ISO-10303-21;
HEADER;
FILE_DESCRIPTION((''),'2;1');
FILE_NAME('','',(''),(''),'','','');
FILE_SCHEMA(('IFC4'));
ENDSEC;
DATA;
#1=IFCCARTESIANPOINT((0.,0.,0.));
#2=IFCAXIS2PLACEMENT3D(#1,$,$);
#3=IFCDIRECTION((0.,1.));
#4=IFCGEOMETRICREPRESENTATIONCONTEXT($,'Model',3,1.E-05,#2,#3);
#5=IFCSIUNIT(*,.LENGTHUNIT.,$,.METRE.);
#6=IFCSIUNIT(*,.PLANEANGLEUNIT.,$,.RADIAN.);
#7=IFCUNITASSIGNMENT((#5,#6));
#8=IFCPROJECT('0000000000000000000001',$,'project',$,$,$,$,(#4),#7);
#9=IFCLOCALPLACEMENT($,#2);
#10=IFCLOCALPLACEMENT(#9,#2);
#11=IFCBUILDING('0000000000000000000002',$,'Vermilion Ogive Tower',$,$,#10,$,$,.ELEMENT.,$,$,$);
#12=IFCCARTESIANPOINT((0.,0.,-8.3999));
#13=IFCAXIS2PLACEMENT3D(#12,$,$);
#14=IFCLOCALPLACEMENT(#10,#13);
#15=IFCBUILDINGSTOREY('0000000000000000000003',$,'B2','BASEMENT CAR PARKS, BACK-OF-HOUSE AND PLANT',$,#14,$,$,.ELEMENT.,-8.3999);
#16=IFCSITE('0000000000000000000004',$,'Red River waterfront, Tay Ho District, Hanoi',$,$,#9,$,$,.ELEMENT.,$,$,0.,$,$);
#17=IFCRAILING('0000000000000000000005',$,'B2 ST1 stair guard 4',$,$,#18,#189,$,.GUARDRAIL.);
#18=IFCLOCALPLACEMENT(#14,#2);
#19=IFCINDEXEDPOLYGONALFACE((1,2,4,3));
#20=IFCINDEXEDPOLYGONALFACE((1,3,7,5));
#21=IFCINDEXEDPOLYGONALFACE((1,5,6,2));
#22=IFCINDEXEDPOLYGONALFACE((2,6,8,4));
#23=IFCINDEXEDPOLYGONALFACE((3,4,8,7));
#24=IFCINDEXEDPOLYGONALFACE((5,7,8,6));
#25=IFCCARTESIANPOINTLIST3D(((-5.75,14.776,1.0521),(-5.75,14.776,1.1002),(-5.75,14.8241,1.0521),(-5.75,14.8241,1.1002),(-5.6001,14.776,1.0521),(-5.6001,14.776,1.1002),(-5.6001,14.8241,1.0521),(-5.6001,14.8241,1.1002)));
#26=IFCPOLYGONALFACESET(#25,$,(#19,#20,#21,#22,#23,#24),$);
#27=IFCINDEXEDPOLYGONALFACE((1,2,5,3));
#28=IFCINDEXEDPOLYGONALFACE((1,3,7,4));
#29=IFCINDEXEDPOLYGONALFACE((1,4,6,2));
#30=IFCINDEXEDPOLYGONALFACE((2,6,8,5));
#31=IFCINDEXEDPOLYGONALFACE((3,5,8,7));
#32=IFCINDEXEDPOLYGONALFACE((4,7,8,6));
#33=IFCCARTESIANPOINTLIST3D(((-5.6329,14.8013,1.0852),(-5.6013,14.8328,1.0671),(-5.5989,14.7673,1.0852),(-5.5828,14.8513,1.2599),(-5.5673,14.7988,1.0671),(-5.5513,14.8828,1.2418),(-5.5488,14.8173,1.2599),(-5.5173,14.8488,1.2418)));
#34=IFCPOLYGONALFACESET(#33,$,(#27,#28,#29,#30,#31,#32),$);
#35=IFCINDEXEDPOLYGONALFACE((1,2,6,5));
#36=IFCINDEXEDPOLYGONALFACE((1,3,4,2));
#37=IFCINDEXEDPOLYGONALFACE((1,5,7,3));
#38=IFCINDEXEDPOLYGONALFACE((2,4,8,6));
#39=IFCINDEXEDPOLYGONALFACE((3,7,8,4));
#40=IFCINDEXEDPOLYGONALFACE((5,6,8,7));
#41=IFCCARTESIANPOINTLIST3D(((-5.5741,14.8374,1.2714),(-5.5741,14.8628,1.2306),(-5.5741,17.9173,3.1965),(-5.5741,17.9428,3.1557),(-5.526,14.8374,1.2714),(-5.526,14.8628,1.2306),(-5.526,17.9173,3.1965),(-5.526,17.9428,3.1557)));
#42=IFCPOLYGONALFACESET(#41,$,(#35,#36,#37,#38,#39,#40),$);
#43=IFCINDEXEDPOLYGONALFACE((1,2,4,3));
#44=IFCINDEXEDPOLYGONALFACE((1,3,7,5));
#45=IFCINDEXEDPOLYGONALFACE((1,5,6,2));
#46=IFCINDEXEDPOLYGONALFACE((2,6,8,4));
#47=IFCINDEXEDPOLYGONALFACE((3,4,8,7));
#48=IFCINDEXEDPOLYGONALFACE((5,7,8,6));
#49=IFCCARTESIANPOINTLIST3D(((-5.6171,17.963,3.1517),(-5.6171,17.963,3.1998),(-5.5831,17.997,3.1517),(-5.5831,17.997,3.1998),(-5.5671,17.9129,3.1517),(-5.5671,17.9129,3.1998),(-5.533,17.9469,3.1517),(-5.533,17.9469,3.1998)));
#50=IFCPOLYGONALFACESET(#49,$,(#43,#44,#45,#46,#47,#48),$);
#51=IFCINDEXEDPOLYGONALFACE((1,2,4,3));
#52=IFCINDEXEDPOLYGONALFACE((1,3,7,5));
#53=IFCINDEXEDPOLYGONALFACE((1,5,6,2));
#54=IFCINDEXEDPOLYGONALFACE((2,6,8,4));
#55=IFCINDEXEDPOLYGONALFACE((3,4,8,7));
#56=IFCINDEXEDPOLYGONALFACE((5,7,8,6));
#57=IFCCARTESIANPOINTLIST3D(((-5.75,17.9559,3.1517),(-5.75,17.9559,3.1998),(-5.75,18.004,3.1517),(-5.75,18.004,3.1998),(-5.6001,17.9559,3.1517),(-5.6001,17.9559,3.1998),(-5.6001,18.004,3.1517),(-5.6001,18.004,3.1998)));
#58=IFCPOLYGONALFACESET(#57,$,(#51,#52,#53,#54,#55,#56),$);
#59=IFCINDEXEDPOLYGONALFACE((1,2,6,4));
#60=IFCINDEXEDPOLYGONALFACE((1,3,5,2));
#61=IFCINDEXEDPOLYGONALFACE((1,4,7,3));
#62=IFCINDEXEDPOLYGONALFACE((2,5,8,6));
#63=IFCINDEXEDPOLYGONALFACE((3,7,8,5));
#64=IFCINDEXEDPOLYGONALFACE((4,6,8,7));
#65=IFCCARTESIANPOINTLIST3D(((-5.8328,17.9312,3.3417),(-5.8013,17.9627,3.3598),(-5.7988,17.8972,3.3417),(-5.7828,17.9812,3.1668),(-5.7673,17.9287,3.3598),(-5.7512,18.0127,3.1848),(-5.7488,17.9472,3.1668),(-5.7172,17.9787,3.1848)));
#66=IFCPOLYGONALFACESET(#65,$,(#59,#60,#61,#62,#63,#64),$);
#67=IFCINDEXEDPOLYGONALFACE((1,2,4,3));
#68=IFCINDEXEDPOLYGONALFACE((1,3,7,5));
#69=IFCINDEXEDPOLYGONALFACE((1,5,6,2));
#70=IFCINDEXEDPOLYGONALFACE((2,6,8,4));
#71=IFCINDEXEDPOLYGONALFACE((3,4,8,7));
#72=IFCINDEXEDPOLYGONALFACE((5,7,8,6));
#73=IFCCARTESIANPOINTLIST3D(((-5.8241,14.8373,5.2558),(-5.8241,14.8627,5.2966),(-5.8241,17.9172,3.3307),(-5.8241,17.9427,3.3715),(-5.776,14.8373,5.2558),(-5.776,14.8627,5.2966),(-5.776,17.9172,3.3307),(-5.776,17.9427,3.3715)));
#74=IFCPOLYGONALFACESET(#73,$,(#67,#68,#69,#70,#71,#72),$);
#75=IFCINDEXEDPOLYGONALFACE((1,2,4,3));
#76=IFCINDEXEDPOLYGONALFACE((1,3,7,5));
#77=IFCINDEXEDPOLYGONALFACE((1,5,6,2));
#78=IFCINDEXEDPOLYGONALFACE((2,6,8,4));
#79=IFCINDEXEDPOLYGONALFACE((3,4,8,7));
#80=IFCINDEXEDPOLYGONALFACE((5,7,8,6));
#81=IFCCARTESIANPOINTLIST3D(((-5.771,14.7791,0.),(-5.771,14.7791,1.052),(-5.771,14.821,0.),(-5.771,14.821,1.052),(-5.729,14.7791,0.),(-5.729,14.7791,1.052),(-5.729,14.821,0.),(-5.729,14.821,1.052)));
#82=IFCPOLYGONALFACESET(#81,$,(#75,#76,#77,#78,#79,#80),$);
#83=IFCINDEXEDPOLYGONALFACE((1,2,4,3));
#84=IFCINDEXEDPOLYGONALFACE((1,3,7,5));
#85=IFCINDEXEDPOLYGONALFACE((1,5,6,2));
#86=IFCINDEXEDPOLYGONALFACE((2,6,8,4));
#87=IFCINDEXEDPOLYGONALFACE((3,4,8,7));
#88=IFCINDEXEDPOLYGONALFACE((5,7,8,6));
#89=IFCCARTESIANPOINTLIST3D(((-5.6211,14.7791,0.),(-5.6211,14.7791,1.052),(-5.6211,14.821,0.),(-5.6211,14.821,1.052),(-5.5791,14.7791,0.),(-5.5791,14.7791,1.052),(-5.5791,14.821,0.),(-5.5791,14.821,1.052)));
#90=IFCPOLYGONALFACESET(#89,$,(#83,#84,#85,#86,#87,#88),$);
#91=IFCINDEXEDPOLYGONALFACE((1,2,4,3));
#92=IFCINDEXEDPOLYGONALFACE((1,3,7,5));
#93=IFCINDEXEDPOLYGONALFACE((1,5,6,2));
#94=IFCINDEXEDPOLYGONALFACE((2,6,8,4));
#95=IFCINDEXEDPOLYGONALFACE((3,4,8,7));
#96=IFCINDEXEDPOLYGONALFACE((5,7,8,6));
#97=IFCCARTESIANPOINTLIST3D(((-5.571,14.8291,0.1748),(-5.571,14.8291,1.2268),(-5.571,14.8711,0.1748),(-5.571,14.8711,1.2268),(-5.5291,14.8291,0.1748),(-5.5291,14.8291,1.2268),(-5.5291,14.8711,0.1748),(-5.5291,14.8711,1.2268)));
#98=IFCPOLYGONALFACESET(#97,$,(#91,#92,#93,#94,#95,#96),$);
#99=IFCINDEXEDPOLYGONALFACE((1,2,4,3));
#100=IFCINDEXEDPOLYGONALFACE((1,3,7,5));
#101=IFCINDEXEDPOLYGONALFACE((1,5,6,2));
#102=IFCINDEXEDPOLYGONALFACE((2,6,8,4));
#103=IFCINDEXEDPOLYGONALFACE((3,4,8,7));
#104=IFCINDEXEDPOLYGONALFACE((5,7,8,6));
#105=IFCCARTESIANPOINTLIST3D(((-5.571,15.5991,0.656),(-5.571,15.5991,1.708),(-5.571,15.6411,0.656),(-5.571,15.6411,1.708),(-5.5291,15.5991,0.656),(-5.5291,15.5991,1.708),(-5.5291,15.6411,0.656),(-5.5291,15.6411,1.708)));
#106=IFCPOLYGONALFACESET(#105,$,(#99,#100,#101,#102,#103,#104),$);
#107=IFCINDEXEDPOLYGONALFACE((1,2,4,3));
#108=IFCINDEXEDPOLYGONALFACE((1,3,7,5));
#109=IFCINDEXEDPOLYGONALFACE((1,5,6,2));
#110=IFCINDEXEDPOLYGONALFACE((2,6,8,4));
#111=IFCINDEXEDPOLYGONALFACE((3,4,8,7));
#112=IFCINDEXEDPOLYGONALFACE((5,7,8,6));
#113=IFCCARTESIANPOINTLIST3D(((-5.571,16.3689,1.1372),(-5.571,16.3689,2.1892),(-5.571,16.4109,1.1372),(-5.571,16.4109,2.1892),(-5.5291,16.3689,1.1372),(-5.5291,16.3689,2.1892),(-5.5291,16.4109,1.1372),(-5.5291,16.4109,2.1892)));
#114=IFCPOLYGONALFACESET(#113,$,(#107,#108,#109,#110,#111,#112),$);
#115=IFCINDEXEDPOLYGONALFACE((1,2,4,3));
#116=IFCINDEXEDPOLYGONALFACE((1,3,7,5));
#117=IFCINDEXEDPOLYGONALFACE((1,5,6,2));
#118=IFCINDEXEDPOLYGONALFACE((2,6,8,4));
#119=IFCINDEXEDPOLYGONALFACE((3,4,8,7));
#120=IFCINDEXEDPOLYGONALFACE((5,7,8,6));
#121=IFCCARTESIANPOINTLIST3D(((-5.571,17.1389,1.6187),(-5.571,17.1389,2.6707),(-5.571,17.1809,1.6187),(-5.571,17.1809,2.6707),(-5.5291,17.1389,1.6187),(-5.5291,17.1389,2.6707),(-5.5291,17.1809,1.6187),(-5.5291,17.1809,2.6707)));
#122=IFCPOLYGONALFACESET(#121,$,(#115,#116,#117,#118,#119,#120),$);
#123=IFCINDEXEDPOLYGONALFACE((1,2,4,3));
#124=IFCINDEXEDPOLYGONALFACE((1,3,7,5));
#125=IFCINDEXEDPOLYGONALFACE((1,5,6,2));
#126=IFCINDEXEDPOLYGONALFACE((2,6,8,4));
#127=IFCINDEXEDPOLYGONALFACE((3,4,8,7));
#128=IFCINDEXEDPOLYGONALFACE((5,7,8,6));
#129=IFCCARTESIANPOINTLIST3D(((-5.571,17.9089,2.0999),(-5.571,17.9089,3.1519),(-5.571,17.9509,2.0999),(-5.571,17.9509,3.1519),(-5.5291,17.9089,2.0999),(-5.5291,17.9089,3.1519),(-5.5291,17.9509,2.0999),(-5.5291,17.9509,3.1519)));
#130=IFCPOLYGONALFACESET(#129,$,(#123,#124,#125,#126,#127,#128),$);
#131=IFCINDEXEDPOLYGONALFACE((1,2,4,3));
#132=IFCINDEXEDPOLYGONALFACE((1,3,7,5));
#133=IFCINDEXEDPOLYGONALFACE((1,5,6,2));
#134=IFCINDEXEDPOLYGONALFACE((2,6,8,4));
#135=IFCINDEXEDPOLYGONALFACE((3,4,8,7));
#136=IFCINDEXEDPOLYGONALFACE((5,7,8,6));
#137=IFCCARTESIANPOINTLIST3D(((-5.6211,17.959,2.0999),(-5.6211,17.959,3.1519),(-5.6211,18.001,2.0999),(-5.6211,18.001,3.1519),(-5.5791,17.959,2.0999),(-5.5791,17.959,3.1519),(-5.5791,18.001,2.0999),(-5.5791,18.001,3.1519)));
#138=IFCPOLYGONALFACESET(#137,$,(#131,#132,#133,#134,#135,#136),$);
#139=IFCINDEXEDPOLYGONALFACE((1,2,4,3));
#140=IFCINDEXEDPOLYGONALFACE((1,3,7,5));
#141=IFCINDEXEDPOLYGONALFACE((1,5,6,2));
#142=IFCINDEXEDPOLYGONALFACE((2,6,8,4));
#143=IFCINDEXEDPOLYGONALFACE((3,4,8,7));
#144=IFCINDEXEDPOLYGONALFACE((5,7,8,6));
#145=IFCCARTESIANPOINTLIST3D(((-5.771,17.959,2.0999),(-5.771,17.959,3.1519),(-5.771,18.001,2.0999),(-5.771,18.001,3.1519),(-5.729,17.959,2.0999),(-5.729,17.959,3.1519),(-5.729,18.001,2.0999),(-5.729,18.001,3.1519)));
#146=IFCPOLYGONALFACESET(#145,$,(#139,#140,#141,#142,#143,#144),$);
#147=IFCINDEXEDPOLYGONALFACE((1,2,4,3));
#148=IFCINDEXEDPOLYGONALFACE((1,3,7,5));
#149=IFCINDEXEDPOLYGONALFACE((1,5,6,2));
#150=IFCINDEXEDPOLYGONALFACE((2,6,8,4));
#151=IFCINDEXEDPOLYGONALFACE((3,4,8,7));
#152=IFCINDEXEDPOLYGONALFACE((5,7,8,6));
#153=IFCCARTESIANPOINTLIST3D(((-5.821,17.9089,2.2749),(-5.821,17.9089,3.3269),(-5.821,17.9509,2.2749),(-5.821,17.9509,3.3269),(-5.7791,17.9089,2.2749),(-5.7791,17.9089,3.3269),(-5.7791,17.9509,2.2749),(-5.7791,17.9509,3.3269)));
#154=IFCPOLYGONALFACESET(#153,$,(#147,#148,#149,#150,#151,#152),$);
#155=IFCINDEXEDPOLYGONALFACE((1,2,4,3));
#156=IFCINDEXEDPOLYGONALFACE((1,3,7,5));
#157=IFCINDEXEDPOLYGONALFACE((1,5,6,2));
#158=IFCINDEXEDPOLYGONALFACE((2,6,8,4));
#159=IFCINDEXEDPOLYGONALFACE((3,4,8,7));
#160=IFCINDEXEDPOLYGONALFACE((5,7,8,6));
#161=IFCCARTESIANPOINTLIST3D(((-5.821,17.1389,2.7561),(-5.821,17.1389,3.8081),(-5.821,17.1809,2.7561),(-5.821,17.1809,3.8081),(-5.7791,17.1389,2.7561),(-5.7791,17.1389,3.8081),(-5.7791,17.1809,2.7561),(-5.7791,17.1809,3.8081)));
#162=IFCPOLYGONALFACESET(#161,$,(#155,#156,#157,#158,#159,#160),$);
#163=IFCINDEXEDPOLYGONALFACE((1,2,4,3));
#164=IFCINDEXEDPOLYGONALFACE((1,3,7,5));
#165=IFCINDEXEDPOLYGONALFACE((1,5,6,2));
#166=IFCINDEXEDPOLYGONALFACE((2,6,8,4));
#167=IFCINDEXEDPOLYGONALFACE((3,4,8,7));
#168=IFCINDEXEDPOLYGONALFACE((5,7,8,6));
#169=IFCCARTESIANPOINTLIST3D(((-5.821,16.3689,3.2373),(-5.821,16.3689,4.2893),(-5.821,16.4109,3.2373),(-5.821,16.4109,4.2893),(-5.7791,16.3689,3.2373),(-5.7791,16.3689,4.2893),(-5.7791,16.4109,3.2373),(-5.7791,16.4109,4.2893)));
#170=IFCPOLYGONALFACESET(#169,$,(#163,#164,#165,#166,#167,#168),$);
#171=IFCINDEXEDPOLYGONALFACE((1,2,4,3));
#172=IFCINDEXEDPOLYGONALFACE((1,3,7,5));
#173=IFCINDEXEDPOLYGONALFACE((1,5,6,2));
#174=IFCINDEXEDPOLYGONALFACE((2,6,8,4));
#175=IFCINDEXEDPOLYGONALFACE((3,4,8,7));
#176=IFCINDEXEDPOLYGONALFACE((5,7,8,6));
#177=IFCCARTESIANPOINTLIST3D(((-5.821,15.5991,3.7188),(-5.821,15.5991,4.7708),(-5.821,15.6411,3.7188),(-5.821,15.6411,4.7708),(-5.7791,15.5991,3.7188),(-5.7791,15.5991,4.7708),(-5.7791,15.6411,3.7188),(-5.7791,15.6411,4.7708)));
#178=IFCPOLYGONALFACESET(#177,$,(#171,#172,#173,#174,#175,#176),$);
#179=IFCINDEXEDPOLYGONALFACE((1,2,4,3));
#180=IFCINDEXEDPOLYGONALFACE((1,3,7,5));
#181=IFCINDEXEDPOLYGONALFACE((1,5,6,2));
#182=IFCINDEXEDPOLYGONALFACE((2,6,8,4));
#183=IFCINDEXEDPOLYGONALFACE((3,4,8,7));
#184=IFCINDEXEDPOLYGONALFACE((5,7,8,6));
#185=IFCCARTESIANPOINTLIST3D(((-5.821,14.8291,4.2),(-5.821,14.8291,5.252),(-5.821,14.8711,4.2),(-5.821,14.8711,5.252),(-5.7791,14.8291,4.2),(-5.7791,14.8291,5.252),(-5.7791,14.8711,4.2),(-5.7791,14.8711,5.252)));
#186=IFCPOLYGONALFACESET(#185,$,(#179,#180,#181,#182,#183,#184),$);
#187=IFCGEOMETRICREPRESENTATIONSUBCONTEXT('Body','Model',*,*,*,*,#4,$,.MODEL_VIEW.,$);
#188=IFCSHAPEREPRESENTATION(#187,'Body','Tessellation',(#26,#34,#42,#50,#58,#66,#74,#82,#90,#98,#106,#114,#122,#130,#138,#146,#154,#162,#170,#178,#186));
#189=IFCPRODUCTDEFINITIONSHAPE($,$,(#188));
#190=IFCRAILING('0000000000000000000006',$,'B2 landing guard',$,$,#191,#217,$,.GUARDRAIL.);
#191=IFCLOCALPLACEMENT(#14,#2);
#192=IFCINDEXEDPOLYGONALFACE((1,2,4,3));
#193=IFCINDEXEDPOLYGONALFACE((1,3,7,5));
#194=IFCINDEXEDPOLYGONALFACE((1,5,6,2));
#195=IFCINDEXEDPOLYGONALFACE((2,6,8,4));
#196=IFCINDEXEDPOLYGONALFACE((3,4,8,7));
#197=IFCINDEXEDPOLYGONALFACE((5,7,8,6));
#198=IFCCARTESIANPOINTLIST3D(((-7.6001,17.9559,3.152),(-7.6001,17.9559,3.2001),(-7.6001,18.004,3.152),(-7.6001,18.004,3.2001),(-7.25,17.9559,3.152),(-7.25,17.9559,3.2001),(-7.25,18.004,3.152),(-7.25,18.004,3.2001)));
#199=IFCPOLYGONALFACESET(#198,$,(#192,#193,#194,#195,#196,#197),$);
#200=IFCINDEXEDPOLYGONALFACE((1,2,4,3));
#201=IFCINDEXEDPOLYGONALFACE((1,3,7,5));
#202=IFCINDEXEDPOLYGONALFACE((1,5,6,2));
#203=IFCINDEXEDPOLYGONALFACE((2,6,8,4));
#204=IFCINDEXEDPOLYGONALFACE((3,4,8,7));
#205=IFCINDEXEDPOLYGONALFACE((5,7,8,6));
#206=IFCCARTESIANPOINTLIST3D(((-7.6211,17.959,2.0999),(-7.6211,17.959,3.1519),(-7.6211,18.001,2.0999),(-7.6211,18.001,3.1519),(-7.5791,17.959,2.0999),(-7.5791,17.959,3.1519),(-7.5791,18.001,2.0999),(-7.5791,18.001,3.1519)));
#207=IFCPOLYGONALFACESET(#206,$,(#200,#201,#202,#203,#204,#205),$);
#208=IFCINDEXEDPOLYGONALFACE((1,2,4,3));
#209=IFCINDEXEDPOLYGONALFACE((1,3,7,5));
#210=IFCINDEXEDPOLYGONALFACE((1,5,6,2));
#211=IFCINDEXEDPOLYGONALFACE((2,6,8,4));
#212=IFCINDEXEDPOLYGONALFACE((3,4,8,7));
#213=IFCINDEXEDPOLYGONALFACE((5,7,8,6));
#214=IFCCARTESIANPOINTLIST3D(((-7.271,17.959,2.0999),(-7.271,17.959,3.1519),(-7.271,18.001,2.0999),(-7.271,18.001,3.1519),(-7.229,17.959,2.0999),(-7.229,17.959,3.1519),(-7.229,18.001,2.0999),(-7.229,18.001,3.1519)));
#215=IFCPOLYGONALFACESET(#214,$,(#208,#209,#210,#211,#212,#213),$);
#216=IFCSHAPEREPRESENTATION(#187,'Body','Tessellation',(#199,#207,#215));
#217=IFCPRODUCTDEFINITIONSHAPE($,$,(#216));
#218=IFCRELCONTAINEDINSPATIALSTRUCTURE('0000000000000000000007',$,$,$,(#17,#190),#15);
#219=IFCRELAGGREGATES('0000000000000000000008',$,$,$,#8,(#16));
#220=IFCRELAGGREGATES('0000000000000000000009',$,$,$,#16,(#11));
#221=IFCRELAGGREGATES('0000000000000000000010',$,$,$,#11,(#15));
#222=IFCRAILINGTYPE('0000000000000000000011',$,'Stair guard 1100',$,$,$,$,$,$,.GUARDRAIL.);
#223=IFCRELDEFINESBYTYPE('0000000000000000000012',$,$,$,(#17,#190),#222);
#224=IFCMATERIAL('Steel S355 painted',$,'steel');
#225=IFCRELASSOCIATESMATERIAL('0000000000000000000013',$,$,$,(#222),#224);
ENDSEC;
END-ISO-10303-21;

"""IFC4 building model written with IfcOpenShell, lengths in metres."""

from ifc_helpers import new_model, si_unit, direction, frame, origin, origin_2d, place, context, subcontext, project, spatial, rectangle, extrude, material, type_object, element, save


model = new_model("IFC4")

# Units and contexts
model_context = context("Model", 3, precision=1e-05, world=origin(), true_north=direction((0.0, 1.0)))
body_context = subcontext(model_context, "Body", "Model", "MODEL_VIEW")
ifc_project = project(units=[si_unit("LENGTHUNIT", "METRE"), si_unit("PLANEANGLEUNIT", "RADIAN")], contexts=[model_context])

# Site, building, storey
site_placement = place(None, origin())
site = spatial("IfcSite", under=ifc_project, at=site_placement, Name="Red River waterfront, Tay Ho District, Hanoi", CompositionType="ELEMENT", RefElevation=0.0)
building_placement = place(site_placement, origin())
building = spatial("IfcBuilding", under=site, at=building_placement, Name="Vermilion Ogive Tower", CompositionType="ELEMENT")
storey_placement = place(building_placement, frame((0.0, 0.0, -8.3999)))
storey = spatial("IfcBuildingStorey", under=building, at=storey_placement, Name="B2", Description="BASEMENT CAR PARKS, BACK-OF-HOUSE AND PLANT", CompositionType="ELEMENT", Elevation=-8.3999)

# Railings
ifc_material_1 = material(Name="Steel S355 painted", Category="steel")
railing_type_1 = type_object("IfcRailingType", Name="Stair guard 1100", PredefinedType="GUARDRAIL", material=ifc_material_1)
railing_1_placement = place(storey_placement, frame((-5.75, 14.8, 0.0)))
element("IfcRailing", 1, at=railing_1_placement, inside=storey, type_object=railing_type_1, Name="B2 ST1 stair guard 4", PredefinedType="GUARDRAIL", context=body_context, shape_type="SweptSolid", body=[
    extrude(rectangle(XDim=0.0481, YDim=0.0481, at=origin_2d()), frame((0.0, 0.0, 1.0762), z_axis=(1.0, 0.0, 0.0), x_axis=(0.0, 1.0, 0.0)), (0.0, 0.0, 1.0), 0.1499),
    extrude(rectangle(XDim=0.0481, YDim=0.0481, at=origin_2d()), frame((0.1499, 0.0, 1.0762), z_axis=(0.265383, 0.265383, 0.9269), x_axis=(-0.707107, 0.707107, 0.0)), (0.0, 0.0, 1.0), 0.1885),
    extrude(rectangle(XDim=0.0481, YDim=0.0481, at=origin_2d()), frame((0.2, 0.05, 1.251), z_axis=(0.0, 0.847979, 0.530029), x_axis=(-1.0, 0.0, 0.0)), (0.0, 0.0, 1.0), 3.6321),
    extrude(rectangle(XDim=0.0481, YDim=0.0481, at=origin_2d()), frame((0.2, 3.1299, 3.1758), z_axis=(-0.707107, 0.707107, 0.0), x_axis=(-0.707107, -0.707107, 0.0)), (0.0, 0.0, 1.0), 0.0708),
    extrude(rectangle(XDim=0.0481, YDim=0.0481, at=origin_2d()), frame((0.1499, 3.1799, 3.1758), z_axis=(-1.0, 0.0, 0.0), x_axis=(0.0, -1.0, 0.0)), (0.0, 0.0, 1.0), 0.1499),
    extrude(rectangle(XDim=0.0481, YDim=0.0481, at=origin_2d()), frame((0.0, 3.1799, 3.1758), z_axis=(-0.265065, -0.265065, 0.927082), x_axis=(0.707107, -0.707107, 0.0)), (0.0, 0.0, 1.0), 0.1887),
    extrude(rectangle(XDim=0.0481, YDim=0.0481, at=origin_2d()), frame((-0.05, 3.1299, 3.3511), z_axis=(0.0, -0.847979, 0.530029), x_axis=(1.0, 0.0, 0.0)), (0.0, 0.0, 1.0), 3.6321),
    extrude(rectangle(XDim=0.042, YDim=0.042, at=origin_2d()), origin(), (0.0, 0.0, 1.0), 1.052),
    extrude(rectangle(XDim=0.042, YDim=0.042, at=origin_2d()), frame((0.1499, 0.0, 0.0)), (0.0, 0.0, 1.0), 1.052),
    extrude(rectangle(XDim=0.042, YDim=0.042, at=origin_2d()), frame((0.2, 0.05, 0.1748)), (0.0, 0.0, 1.0), 1.052),
    extrude(rectangle(XDim=0.042, YDim=0.042, at=origin_2d()), frame((0.2, 0.8201, 0.656)), (0.0, 0.0, 1.0), 1.052),
    extrude(rectangle(XDim=0.042, YDim=0.042, at=origin_2d()), frame((0.2, 1.5898, 1.1372)), (0.0, 0.0, 1.0), 1.052),
    extrude(rectangle(XDim=0.042, YDim=0.042, at=origin_2d()), frame((0.2, 2.3599, 1.6187)), (0.0, 0.0, 1.0), 1.052),
    extrude(rectangle(XDim=0.042, YDim=0.042, at=origin_2d()), frame((0.2, 3.1299, 2.0999)), (0.0, 0.0, 1.0), 1.052),
    extrude(rectangle(XDim=0.042, YDim=0.042, at=origin_2d()), frame((0.1499, 3.1799, 2.0999)), (0.0, 0.0, 1.0), 1.052),
    extrude(rectangle(XDim=0.042, YDim=0.042, at=origin_2d()), frame((0.0, 3.1799, 2.0999)), (0.0, 0.0, 1.0), 1.052),
    extrude(rectangle(XDim=0.042, YDim=0.042, at=origin_2d()), frame((-0.05, 3.1299, 2.2749)), (0.0, 0.0, 1.0), 1.052),
    extrude(rectangle(XDim=0.042, YDim=0.042, at=origin_2d()), frame((-0.05, 2.3599, 2.7561)), (0.0, 0.0, 1.0), 1.052),
    extrude(rectangle(XDim=0.042, YDim=0.042, at=origin_2d()), frame((-0.05, 1.5898, 3.2373)), (0.0, 0.0, 1.0), 1.052),
    extrude(rectangle(XDim=0.042, YDim=0.042, at=origin_2d()), frame((-0.05, 0.8201, 3.7188)), (0.0, 0.0, 1.0), 1.052),
    extrude(rectangle(XDim=0.042, YDim=0.042, at=origin_2d()), frame((-0.05, 0.05, 4.2)), (0.0, 0.0, 1.0), 1.052),
])
railing_2_placement = place(storey_placement, frame((-7.6001, 17.98, 2.0999)))
element("IfcRailing", 2, at=railing_2_placement, inside=storey, type_object=railing_type_1, Name="B2 landing guard", PredefinedType="GUARDRAIL", context=body_context, shape_type="SweptSolid", body=[
    extrude(rectangle(XDim=0.0481, YDim=0.0481, at=origin_2d()), frame((0.0, 0.0, 1.0762), z_axis=(1.0, 0.0, 0.0), x_axis=(0.0, 1.0, 0.0)), (0.0, 0.0, 1.0), 0.3501),
    extrude(rectangle(XDim=0.042, YDim=0.042, at=origin_2d()), origin(), (0.0, 0.0, 1.0), 1.052),
    extrude(rectangle(XDim=0.042, YDim=0.042, at=origin_2d()), frame((0.3501, 0.0, 0.0)), (0.0, 0.0, 1.0), 1.052),
])

save(model, "model.ifc")
